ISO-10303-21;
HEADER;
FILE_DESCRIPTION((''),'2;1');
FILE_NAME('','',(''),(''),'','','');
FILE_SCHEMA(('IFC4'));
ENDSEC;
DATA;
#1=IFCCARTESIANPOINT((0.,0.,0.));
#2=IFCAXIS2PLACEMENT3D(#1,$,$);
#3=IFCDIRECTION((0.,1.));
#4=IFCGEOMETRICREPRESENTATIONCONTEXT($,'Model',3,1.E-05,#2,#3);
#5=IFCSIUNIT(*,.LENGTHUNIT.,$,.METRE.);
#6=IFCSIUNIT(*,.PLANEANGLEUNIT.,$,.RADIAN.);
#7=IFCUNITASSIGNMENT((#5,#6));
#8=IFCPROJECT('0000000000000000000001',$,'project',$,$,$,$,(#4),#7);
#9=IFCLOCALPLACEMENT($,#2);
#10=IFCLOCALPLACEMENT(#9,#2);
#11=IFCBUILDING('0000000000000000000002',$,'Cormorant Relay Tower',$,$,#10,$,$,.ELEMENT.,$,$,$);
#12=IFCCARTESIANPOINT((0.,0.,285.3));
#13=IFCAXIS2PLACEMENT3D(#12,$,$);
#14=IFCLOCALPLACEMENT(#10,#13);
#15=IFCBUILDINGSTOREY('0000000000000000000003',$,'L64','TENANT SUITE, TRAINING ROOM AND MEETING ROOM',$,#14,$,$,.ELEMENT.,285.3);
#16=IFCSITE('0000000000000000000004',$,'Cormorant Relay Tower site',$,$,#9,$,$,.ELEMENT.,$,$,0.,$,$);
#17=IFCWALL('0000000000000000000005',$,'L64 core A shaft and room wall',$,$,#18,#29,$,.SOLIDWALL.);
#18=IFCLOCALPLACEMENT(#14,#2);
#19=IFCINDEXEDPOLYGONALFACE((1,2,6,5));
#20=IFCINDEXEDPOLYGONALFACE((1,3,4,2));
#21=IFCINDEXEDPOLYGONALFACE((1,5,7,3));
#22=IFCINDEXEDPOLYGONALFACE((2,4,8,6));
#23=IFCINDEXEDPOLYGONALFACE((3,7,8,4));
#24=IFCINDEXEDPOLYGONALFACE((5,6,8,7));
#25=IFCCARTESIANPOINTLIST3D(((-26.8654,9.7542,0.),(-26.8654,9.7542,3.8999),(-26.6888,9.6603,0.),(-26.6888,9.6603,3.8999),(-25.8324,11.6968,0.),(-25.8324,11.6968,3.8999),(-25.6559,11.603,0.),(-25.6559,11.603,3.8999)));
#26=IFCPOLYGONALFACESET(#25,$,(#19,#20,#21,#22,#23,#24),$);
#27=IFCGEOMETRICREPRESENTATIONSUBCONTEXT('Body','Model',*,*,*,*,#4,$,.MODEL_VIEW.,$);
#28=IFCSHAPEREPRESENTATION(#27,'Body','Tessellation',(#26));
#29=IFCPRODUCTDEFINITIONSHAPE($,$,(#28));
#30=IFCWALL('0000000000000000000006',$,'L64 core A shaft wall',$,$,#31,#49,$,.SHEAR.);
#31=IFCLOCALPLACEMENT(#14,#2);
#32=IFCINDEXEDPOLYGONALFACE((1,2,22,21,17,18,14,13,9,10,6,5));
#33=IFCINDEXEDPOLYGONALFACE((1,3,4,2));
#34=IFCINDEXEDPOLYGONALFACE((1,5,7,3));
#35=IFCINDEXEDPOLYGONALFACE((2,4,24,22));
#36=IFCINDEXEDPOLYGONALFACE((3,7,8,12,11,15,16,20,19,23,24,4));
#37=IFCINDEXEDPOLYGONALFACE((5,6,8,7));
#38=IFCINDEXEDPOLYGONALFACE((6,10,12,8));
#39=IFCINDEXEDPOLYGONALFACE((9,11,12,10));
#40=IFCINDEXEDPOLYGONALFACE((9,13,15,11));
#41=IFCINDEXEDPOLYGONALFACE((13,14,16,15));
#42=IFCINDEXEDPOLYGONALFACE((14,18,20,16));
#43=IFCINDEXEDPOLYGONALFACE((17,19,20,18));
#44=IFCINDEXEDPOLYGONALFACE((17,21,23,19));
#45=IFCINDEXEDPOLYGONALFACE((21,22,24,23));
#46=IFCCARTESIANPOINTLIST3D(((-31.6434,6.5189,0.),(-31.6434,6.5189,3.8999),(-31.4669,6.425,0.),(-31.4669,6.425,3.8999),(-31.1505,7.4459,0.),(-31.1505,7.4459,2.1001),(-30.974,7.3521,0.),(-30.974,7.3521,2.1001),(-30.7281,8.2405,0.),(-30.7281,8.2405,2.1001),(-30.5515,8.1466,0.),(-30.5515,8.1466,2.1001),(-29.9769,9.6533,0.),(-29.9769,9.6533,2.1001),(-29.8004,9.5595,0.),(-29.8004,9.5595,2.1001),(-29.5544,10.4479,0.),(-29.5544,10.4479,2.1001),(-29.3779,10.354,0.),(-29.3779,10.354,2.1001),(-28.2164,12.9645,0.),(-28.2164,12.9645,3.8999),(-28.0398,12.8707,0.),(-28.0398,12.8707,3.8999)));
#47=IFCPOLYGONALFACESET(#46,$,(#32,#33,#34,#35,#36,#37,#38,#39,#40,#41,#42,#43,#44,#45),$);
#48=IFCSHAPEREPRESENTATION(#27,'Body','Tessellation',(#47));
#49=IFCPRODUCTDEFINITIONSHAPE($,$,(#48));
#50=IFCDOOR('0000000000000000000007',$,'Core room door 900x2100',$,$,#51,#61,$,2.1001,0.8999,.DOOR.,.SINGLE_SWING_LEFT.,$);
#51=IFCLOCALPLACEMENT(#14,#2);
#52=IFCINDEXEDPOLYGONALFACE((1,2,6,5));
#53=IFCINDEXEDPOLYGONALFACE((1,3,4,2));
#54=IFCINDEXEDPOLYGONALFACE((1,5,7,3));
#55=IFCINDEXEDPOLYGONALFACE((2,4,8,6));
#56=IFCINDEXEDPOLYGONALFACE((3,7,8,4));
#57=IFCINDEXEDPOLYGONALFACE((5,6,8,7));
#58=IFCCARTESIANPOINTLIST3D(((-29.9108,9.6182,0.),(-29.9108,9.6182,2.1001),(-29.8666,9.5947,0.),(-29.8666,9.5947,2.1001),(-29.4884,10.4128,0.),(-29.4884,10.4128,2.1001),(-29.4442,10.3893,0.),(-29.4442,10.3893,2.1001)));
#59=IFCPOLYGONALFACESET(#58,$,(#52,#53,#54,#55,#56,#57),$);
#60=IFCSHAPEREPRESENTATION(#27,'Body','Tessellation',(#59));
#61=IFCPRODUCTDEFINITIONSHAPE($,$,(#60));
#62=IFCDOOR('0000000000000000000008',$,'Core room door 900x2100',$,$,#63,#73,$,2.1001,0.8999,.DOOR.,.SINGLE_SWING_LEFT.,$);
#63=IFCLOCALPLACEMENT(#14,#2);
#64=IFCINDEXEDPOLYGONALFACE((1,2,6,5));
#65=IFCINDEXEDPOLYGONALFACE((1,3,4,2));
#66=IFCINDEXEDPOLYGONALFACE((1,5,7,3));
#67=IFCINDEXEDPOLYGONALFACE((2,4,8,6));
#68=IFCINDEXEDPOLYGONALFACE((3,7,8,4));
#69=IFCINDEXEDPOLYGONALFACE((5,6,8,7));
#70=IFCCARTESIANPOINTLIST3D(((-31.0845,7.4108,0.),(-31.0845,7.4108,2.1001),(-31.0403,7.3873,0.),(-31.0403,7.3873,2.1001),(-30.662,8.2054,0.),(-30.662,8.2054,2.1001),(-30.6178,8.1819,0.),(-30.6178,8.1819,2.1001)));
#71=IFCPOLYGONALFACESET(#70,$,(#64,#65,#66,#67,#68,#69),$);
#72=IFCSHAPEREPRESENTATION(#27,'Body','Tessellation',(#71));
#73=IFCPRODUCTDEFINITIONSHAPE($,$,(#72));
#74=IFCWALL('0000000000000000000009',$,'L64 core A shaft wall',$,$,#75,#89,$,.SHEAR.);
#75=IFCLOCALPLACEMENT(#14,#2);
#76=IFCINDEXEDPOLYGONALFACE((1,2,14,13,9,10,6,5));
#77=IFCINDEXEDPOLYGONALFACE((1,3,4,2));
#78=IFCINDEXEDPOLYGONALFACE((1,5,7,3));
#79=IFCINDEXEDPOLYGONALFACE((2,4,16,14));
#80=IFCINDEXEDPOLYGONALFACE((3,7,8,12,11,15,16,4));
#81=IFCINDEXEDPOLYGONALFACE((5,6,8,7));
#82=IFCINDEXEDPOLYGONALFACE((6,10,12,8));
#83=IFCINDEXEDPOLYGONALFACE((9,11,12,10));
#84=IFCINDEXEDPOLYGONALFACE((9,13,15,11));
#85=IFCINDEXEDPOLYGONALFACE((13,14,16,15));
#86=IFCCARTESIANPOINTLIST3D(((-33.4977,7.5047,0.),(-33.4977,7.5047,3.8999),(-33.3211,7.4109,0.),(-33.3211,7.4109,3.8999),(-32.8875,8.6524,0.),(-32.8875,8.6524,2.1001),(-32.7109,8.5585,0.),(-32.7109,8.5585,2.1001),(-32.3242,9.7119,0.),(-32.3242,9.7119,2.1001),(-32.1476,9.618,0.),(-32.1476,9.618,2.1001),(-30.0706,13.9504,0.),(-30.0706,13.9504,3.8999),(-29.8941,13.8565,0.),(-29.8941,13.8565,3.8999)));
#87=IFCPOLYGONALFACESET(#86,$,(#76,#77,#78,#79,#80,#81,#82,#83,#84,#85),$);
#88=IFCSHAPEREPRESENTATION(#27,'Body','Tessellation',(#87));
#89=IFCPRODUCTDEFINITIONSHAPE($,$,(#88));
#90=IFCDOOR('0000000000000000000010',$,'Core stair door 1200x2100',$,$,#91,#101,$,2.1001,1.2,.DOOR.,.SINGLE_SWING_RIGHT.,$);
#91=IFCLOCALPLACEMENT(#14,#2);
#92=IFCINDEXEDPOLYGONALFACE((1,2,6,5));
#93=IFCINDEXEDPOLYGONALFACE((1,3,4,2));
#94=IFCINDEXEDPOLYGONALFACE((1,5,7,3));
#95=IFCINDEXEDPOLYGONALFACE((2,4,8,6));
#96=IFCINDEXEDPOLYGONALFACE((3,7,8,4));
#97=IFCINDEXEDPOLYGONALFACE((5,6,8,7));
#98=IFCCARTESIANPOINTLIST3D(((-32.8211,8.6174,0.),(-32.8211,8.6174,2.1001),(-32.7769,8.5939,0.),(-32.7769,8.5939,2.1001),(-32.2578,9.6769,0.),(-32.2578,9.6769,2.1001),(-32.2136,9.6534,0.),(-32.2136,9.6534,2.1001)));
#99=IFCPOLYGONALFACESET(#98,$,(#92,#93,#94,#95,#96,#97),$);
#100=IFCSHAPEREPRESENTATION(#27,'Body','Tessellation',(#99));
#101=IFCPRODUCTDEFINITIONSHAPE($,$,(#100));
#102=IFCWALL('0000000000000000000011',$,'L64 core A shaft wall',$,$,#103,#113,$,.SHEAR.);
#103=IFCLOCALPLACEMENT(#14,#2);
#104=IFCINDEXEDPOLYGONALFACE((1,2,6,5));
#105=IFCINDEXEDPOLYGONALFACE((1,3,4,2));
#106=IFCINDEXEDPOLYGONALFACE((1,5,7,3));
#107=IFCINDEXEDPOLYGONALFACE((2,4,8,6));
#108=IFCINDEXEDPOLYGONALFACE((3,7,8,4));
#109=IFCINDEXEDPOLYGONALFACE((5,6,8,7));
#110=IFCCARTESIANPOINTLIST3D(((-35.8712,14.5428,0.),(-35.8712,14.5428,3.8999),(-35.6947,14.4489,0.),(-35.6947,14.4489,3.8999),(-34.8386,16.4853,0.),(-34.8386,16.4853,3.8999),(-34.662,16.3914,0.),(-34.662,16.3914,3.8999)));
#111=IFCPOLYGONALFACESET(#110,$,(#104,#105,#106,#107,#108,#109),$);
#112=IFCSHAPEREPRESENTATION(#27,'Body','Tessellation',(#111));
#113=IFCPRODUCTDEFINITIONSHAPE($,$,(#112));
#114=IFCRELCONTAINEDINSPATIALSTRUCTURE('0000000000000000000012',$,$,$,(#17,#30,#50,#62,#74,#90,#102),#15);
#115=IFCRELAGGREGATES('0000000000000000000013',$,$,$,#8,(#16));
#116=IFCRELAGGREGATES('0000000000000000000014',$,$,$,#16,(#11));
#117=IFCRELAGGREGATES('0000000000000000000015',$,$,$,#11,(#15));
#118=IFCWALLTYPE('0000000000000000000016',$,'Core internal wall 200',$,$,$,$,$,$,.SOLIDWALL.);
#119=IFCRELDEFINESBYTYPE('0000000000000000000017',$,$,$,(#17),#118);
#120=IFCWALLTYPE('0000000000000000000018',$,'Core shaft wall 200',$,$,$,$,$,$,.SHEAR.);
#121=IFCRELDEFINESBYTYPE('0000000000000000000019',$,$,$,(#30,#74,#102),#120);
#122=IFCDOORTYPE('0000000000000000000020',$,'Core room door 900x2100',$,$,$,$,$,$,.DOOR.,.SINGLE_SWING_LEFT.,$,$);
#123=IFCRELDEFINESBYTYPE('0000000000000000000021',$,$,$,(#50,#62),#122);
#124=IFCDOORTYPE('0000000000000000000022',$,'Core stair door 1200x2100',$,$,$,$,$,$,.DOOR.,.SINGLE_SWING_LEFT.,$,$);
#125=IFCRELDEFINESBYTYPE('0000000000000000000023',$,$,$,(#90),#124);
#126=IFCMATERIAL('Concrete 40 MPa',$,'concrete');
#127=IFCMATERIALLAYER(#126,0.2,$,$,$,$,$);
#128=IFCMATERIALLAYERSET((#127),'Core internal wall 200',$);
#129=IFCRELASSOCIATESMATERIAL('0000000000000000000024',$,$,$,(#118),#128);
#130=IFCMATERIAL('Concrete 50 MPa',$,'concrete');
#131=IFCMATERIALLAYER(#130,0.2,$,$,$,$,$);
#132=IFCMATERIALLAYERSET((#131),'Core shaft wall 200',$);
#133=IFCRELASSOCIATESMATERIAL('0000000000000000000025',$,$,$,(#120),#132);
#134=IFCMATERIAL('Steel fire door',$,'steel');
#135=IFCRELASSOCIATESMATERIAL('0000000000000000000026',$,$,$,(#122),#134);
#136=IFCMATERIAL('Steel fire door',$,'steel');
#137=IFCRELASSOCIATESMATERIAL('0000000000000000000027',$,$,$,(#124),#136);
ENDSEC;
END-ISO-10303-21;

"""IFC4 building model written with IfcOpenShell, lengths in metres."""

from ifc_helpers import new_model, si_unit, direction, frame, frame_2d, origin, place, context, subcontext, project, spatial, rectangle, extrude, material, layer, layer_set, type_object, element, fill, save


model = new_model("IFC4")

# Units and contexts
model_context = context("Model", 3, precision=1e-05, world=origin(), true_north=direction((0.0, 1.0)))
body_context = subcontext(model_context, "Body", "Model", "MODEL_VIEW")
ifc_project = project(units=[si_unit("LENGTHUNIT", "METRE"), si_unit("PLANEANGLEUNIT", "RADIAN")], contexts=[model_context])

# Site, building, storey
site_placement = place(None, origin())
site = spatial("IfcSite", under=ifc_project, at=site_placement, Name="Cormorant Relay Tower site", CompositionType="ELEMENT", RefElevation=0.0)
building_placement = place(site_placement, origin())
building = spatial("IfcBuilding", under=site, at=building_placement, Name="Cormorant Relay Tower", CompositionType="ELEMENT")
storey_placement = place(building_placement, frame((0.0, 0.0, 285.3)))
storey = spatial("IfcBuildingStorey", under=building, at=storey_placement, Name="L64", Description="TENANT SUITE, TRAINING ROOM AND MEETING ROOM", CompositionType="ELEMENT", Elevation=285.3)

# Wall
ifc_material_1 = material(Name="Concrete 40 MPa", Category="concrete")
ifc_layer_1 = layer(ifc_material_1, 0.2)
ifc_layer_set_1 = layer_set([ifc_layer_1], Name="Core internal wall 200")
wall_type_1 = type_object("IfcWallType", Name="Core internal wall 200", PredefinedType="SOLIDWALL", material=ifc_layer_set_1)
wall_1_placement = place(storey_placement, frame((-25.7441, 11.6499, 0.0), z_axis=(0.0, 0.0, 1.0), x_axis=(-0.469488, -0.882939, 0.0)))
element("IfcWall", 1, at=wall_1_placement, inside=storey, type_object=wall_type_1, Name="L64 core A shaft and room wall", PredefinedType="SOLIDWALL", context=body_context, shape_type="SweptSolid", body=[
    extrude(rectangle(XDim=2.2002, YDim=0.2, at=frame_2d((1.1001, 0.0))), origin(), (0.0, 0.0, 1.0), 3.8999),
])

# Wall, openings, doors
ifc_material_2 = material(Name="Concrete 50 MPa", Category="concrete")
ifc_layer_2 = layer(ifc_material_2, 0.2)
ifc_layer_set_2 = layer_set([ifc_layer_2], Name="Core shaft wall 200")
wall_type_2 = type_object("IfcWallType", Name="Core shaft wall 200", PredefinedType="SHEAR", material=ifc_layer_set_2)
wall_2_placement = place(storey_placement, frame((-28.1282, 12.9175, 0.0), z_axis=(0.0, 0.0, 1.0), x_axis=(-0.469454, -0.882957, 0.0)))
wall_2 = element("IfcWall", 2, at=wall_2_placement, inside=storey, type_object=wall_type_2, Name="L64 core A shaft wall", PredefinedType="SHEAR", context=body_context, shape_type="SweptSolid", body=[
    extrude(rectangle(XDim=7.3, YDim=0.2, at=frame_2d((3.6499, 0.0))), origin(), (0.0, 0.0, 1.0), 3.8999),
])
opening_1_placement = place(wall_2_placement, frame((2.8501, 0.0, 0.0)))
opening_1 = element("IfcOpeningElement", 3, at=opening_1_placement, cuts=wall_2, PredefinedType="OPENING", context=body_context, shape_type="SweptSolid", body=[
    extrude(rectangle(XDim=0.8999, YDim=2.1001, at=frame_2d((0.45, 1.05))), frame((0.0, 0.1099, 0.0), z_axis=(0.0, -1.0, 0.0), x_axis=(1.0, 0.0, 0.0)), (0.0, 0.0, 1.0), 0.22),
])
opening_2_placement = place(wall_2_placement, frame((5.3501, 0.0, 0.0)))
opening_2 = element("IfcOpeningElement", 4, at=opening_2_placement, cuts=wall_2, PredefinedType="OPENING", context=body_context, shape_type="SweptSolid", body=[
    extrude(rectangle(XDim=0.8999, YDim=2.1001, at=frame_2d((0.45, 1.05))), frame((0.0, 0.1099, 0.0), z_axis=(0.0, -1.0, 0.0), x_axis=(1.0, 0.0, 0.0)), (0.0, 0.0, 1.0), 0.22),
])
ifc_material_3 = material(Name="Steel fire door", Category="steel")
door_type_1 = type_object("IfcDoorType", Name="Core room door 900x2100", OperationType="SINGLE_SWING_LEFT", PredefinedType="DOOR", material=ifc_material_3)
door_1_placement = place(opening_1_placement, origin())
door_1 = element("IfcDoor", 5, at=door_1_placement, inside=storey, type_object=door_type_1, Name="Core room door 900x2100", OperationType="SINGLE_SWING_LEFT", OverallHeight=2.1001, OverallWidth=0.8999, PredefinedType="DOOR", context=body_context, shape_type="SweptSolid", body=[
    extrude(rectangle(XDim=0.8999, YDim=2.1001, at=frame_2d((0.45, 1.05))), frame((0.0, 0.0249, 0.0), z_axis=(0.0, -1.0, 0.0), x_axis=(1.0, 0.0, 0.0)), (0.0, 0.0, 1.0), 0.05),
])
fill(opening_1, door_1)
door_2_placement = place(opening_2_placement, origin())
door_2 = element("IfcDoor", 6, at=door_2_placement, inside=storey, type_object=door_type_1, Name="Core room door 900x2100", OperationType="SINGLE_SWING_LEFT", OverallHeight=2.1001, OverallWidth=0.8999, PredefinedType="DOOR", context=body_context, shape_type="SweptSolid", body=[
    extrude(rectangle(XDim=0.8999, YDim=2.1001, at=frame_2d((0.45, 1.05))), frame((0.0, 0.0249, 0.0), z_axis=(0.0, -1.0, 0.0), x_axis=(1.0, 0.0, 0.0)), (0.0, 0.0, 1.0), 0.05),
])
fill(opening_2, door_2)

# Wall, opening, door
wall_3_placement = place(storey_placement, frame((-29.9824, 13.9033, 0.0), z_axis=(0.0, 0.0, 1.0), x_axis=(-0.469454, -0.882957, 0.0)))
wall_3 = element("IfcWall", 7, at=wall_3_placement, inside=storey, type_object=wall_type_2, Name="L64 core A shaft wall", PredefinedType="SHEAR", context=body_context, shape_type="SweptSolid", body=[
    extrude(rectangle(XDim=7.3, YDim=0.2, at=frame_2d((3.6499, 0.0))), origin(), (0.0, 0.0, 1.0), 3.8999),
])
opening_3_placement = place(wall_3_placement, frame((4.8, 0.0, 0.0)))
opening_3 = element("IfcOpeningElement", 8, at=opening_3_placement, cuts=wall_3, PredefinedType="OPENING", context=body_context, shape_type="SweptSolid", body=[
    extrude(rectangle(XDim=1.2, YDim=2.1001, at=frame_2d((0.6001, 1.05))), frame((0.0, 0.1099, 0.0), z_axis=(0.0, -1.0, 0.0), x_axis=(1.0, 0.0, 0.0)), (0.0, 0.0, 1.0), 0.22),
])
ifc_material_4 = material(Name="Steel fire door", Category="steel")
door_type_2 = type_object("IfcDoorType", Name="Core stair door 1200x2100", OperationType="SINGLE_SWING_LEFT", PredefinedType="DOOR", material=ifc_material_4)
door_3_placement = place(opening_3_placement, frame((1.2, 0.0, 0.0), z_axis=(0.0, 0.0, 1.0), x_axis=(-1.0, 0.0, 0.0)))
door_3 = element("IfcDoor", 9, at=door_3_placement, inside=storey, type_object=door_type_2, Name="Core stair door 1200x2100", OperationType="SINGLE_SWING_RIGHT", OverallHeight=2.1001, OverallWidth=1.2, PredefinedType="DOOR", context=body_context, shape_type="SweptSolid", body=[
    extrude(rectangle(XDim=1.2, YDim=2.1001, at=frame_2d((0.6001, 1.05))), frame((0.0, 0.0249, 0.0), z_axis=(0.0, -1.0, 0.0), x_axis=(1.0, 0.0, 0.0)), (0.0, 0.0, 1.0), 0.05),
])
fill(opening_3, door_3)

# Wall
wall_4_placement = place(storey_placement, frame((-34.7502, 16.4385, 0.0), z_axis=(0.0, 0.0, 1.0), x_axis=(-0.469401, -0.882985, 0.0)))
element("IfcWall", 10, at=wall_4_placement, inside=storey, type_object=wall_type_2, Name="L64 core A shaft wall", PredefinedType="SHEAR", context=body_context, shape_type="SweptSolid", body=[
    extrude(rectangle(XDim=2.2, YDim=0.2, at=frame_2d((1.1001, 0.0))), origin(), (0.0, 0.0, 1.0), 3.8999),
])

save(model, "model.ifc")
